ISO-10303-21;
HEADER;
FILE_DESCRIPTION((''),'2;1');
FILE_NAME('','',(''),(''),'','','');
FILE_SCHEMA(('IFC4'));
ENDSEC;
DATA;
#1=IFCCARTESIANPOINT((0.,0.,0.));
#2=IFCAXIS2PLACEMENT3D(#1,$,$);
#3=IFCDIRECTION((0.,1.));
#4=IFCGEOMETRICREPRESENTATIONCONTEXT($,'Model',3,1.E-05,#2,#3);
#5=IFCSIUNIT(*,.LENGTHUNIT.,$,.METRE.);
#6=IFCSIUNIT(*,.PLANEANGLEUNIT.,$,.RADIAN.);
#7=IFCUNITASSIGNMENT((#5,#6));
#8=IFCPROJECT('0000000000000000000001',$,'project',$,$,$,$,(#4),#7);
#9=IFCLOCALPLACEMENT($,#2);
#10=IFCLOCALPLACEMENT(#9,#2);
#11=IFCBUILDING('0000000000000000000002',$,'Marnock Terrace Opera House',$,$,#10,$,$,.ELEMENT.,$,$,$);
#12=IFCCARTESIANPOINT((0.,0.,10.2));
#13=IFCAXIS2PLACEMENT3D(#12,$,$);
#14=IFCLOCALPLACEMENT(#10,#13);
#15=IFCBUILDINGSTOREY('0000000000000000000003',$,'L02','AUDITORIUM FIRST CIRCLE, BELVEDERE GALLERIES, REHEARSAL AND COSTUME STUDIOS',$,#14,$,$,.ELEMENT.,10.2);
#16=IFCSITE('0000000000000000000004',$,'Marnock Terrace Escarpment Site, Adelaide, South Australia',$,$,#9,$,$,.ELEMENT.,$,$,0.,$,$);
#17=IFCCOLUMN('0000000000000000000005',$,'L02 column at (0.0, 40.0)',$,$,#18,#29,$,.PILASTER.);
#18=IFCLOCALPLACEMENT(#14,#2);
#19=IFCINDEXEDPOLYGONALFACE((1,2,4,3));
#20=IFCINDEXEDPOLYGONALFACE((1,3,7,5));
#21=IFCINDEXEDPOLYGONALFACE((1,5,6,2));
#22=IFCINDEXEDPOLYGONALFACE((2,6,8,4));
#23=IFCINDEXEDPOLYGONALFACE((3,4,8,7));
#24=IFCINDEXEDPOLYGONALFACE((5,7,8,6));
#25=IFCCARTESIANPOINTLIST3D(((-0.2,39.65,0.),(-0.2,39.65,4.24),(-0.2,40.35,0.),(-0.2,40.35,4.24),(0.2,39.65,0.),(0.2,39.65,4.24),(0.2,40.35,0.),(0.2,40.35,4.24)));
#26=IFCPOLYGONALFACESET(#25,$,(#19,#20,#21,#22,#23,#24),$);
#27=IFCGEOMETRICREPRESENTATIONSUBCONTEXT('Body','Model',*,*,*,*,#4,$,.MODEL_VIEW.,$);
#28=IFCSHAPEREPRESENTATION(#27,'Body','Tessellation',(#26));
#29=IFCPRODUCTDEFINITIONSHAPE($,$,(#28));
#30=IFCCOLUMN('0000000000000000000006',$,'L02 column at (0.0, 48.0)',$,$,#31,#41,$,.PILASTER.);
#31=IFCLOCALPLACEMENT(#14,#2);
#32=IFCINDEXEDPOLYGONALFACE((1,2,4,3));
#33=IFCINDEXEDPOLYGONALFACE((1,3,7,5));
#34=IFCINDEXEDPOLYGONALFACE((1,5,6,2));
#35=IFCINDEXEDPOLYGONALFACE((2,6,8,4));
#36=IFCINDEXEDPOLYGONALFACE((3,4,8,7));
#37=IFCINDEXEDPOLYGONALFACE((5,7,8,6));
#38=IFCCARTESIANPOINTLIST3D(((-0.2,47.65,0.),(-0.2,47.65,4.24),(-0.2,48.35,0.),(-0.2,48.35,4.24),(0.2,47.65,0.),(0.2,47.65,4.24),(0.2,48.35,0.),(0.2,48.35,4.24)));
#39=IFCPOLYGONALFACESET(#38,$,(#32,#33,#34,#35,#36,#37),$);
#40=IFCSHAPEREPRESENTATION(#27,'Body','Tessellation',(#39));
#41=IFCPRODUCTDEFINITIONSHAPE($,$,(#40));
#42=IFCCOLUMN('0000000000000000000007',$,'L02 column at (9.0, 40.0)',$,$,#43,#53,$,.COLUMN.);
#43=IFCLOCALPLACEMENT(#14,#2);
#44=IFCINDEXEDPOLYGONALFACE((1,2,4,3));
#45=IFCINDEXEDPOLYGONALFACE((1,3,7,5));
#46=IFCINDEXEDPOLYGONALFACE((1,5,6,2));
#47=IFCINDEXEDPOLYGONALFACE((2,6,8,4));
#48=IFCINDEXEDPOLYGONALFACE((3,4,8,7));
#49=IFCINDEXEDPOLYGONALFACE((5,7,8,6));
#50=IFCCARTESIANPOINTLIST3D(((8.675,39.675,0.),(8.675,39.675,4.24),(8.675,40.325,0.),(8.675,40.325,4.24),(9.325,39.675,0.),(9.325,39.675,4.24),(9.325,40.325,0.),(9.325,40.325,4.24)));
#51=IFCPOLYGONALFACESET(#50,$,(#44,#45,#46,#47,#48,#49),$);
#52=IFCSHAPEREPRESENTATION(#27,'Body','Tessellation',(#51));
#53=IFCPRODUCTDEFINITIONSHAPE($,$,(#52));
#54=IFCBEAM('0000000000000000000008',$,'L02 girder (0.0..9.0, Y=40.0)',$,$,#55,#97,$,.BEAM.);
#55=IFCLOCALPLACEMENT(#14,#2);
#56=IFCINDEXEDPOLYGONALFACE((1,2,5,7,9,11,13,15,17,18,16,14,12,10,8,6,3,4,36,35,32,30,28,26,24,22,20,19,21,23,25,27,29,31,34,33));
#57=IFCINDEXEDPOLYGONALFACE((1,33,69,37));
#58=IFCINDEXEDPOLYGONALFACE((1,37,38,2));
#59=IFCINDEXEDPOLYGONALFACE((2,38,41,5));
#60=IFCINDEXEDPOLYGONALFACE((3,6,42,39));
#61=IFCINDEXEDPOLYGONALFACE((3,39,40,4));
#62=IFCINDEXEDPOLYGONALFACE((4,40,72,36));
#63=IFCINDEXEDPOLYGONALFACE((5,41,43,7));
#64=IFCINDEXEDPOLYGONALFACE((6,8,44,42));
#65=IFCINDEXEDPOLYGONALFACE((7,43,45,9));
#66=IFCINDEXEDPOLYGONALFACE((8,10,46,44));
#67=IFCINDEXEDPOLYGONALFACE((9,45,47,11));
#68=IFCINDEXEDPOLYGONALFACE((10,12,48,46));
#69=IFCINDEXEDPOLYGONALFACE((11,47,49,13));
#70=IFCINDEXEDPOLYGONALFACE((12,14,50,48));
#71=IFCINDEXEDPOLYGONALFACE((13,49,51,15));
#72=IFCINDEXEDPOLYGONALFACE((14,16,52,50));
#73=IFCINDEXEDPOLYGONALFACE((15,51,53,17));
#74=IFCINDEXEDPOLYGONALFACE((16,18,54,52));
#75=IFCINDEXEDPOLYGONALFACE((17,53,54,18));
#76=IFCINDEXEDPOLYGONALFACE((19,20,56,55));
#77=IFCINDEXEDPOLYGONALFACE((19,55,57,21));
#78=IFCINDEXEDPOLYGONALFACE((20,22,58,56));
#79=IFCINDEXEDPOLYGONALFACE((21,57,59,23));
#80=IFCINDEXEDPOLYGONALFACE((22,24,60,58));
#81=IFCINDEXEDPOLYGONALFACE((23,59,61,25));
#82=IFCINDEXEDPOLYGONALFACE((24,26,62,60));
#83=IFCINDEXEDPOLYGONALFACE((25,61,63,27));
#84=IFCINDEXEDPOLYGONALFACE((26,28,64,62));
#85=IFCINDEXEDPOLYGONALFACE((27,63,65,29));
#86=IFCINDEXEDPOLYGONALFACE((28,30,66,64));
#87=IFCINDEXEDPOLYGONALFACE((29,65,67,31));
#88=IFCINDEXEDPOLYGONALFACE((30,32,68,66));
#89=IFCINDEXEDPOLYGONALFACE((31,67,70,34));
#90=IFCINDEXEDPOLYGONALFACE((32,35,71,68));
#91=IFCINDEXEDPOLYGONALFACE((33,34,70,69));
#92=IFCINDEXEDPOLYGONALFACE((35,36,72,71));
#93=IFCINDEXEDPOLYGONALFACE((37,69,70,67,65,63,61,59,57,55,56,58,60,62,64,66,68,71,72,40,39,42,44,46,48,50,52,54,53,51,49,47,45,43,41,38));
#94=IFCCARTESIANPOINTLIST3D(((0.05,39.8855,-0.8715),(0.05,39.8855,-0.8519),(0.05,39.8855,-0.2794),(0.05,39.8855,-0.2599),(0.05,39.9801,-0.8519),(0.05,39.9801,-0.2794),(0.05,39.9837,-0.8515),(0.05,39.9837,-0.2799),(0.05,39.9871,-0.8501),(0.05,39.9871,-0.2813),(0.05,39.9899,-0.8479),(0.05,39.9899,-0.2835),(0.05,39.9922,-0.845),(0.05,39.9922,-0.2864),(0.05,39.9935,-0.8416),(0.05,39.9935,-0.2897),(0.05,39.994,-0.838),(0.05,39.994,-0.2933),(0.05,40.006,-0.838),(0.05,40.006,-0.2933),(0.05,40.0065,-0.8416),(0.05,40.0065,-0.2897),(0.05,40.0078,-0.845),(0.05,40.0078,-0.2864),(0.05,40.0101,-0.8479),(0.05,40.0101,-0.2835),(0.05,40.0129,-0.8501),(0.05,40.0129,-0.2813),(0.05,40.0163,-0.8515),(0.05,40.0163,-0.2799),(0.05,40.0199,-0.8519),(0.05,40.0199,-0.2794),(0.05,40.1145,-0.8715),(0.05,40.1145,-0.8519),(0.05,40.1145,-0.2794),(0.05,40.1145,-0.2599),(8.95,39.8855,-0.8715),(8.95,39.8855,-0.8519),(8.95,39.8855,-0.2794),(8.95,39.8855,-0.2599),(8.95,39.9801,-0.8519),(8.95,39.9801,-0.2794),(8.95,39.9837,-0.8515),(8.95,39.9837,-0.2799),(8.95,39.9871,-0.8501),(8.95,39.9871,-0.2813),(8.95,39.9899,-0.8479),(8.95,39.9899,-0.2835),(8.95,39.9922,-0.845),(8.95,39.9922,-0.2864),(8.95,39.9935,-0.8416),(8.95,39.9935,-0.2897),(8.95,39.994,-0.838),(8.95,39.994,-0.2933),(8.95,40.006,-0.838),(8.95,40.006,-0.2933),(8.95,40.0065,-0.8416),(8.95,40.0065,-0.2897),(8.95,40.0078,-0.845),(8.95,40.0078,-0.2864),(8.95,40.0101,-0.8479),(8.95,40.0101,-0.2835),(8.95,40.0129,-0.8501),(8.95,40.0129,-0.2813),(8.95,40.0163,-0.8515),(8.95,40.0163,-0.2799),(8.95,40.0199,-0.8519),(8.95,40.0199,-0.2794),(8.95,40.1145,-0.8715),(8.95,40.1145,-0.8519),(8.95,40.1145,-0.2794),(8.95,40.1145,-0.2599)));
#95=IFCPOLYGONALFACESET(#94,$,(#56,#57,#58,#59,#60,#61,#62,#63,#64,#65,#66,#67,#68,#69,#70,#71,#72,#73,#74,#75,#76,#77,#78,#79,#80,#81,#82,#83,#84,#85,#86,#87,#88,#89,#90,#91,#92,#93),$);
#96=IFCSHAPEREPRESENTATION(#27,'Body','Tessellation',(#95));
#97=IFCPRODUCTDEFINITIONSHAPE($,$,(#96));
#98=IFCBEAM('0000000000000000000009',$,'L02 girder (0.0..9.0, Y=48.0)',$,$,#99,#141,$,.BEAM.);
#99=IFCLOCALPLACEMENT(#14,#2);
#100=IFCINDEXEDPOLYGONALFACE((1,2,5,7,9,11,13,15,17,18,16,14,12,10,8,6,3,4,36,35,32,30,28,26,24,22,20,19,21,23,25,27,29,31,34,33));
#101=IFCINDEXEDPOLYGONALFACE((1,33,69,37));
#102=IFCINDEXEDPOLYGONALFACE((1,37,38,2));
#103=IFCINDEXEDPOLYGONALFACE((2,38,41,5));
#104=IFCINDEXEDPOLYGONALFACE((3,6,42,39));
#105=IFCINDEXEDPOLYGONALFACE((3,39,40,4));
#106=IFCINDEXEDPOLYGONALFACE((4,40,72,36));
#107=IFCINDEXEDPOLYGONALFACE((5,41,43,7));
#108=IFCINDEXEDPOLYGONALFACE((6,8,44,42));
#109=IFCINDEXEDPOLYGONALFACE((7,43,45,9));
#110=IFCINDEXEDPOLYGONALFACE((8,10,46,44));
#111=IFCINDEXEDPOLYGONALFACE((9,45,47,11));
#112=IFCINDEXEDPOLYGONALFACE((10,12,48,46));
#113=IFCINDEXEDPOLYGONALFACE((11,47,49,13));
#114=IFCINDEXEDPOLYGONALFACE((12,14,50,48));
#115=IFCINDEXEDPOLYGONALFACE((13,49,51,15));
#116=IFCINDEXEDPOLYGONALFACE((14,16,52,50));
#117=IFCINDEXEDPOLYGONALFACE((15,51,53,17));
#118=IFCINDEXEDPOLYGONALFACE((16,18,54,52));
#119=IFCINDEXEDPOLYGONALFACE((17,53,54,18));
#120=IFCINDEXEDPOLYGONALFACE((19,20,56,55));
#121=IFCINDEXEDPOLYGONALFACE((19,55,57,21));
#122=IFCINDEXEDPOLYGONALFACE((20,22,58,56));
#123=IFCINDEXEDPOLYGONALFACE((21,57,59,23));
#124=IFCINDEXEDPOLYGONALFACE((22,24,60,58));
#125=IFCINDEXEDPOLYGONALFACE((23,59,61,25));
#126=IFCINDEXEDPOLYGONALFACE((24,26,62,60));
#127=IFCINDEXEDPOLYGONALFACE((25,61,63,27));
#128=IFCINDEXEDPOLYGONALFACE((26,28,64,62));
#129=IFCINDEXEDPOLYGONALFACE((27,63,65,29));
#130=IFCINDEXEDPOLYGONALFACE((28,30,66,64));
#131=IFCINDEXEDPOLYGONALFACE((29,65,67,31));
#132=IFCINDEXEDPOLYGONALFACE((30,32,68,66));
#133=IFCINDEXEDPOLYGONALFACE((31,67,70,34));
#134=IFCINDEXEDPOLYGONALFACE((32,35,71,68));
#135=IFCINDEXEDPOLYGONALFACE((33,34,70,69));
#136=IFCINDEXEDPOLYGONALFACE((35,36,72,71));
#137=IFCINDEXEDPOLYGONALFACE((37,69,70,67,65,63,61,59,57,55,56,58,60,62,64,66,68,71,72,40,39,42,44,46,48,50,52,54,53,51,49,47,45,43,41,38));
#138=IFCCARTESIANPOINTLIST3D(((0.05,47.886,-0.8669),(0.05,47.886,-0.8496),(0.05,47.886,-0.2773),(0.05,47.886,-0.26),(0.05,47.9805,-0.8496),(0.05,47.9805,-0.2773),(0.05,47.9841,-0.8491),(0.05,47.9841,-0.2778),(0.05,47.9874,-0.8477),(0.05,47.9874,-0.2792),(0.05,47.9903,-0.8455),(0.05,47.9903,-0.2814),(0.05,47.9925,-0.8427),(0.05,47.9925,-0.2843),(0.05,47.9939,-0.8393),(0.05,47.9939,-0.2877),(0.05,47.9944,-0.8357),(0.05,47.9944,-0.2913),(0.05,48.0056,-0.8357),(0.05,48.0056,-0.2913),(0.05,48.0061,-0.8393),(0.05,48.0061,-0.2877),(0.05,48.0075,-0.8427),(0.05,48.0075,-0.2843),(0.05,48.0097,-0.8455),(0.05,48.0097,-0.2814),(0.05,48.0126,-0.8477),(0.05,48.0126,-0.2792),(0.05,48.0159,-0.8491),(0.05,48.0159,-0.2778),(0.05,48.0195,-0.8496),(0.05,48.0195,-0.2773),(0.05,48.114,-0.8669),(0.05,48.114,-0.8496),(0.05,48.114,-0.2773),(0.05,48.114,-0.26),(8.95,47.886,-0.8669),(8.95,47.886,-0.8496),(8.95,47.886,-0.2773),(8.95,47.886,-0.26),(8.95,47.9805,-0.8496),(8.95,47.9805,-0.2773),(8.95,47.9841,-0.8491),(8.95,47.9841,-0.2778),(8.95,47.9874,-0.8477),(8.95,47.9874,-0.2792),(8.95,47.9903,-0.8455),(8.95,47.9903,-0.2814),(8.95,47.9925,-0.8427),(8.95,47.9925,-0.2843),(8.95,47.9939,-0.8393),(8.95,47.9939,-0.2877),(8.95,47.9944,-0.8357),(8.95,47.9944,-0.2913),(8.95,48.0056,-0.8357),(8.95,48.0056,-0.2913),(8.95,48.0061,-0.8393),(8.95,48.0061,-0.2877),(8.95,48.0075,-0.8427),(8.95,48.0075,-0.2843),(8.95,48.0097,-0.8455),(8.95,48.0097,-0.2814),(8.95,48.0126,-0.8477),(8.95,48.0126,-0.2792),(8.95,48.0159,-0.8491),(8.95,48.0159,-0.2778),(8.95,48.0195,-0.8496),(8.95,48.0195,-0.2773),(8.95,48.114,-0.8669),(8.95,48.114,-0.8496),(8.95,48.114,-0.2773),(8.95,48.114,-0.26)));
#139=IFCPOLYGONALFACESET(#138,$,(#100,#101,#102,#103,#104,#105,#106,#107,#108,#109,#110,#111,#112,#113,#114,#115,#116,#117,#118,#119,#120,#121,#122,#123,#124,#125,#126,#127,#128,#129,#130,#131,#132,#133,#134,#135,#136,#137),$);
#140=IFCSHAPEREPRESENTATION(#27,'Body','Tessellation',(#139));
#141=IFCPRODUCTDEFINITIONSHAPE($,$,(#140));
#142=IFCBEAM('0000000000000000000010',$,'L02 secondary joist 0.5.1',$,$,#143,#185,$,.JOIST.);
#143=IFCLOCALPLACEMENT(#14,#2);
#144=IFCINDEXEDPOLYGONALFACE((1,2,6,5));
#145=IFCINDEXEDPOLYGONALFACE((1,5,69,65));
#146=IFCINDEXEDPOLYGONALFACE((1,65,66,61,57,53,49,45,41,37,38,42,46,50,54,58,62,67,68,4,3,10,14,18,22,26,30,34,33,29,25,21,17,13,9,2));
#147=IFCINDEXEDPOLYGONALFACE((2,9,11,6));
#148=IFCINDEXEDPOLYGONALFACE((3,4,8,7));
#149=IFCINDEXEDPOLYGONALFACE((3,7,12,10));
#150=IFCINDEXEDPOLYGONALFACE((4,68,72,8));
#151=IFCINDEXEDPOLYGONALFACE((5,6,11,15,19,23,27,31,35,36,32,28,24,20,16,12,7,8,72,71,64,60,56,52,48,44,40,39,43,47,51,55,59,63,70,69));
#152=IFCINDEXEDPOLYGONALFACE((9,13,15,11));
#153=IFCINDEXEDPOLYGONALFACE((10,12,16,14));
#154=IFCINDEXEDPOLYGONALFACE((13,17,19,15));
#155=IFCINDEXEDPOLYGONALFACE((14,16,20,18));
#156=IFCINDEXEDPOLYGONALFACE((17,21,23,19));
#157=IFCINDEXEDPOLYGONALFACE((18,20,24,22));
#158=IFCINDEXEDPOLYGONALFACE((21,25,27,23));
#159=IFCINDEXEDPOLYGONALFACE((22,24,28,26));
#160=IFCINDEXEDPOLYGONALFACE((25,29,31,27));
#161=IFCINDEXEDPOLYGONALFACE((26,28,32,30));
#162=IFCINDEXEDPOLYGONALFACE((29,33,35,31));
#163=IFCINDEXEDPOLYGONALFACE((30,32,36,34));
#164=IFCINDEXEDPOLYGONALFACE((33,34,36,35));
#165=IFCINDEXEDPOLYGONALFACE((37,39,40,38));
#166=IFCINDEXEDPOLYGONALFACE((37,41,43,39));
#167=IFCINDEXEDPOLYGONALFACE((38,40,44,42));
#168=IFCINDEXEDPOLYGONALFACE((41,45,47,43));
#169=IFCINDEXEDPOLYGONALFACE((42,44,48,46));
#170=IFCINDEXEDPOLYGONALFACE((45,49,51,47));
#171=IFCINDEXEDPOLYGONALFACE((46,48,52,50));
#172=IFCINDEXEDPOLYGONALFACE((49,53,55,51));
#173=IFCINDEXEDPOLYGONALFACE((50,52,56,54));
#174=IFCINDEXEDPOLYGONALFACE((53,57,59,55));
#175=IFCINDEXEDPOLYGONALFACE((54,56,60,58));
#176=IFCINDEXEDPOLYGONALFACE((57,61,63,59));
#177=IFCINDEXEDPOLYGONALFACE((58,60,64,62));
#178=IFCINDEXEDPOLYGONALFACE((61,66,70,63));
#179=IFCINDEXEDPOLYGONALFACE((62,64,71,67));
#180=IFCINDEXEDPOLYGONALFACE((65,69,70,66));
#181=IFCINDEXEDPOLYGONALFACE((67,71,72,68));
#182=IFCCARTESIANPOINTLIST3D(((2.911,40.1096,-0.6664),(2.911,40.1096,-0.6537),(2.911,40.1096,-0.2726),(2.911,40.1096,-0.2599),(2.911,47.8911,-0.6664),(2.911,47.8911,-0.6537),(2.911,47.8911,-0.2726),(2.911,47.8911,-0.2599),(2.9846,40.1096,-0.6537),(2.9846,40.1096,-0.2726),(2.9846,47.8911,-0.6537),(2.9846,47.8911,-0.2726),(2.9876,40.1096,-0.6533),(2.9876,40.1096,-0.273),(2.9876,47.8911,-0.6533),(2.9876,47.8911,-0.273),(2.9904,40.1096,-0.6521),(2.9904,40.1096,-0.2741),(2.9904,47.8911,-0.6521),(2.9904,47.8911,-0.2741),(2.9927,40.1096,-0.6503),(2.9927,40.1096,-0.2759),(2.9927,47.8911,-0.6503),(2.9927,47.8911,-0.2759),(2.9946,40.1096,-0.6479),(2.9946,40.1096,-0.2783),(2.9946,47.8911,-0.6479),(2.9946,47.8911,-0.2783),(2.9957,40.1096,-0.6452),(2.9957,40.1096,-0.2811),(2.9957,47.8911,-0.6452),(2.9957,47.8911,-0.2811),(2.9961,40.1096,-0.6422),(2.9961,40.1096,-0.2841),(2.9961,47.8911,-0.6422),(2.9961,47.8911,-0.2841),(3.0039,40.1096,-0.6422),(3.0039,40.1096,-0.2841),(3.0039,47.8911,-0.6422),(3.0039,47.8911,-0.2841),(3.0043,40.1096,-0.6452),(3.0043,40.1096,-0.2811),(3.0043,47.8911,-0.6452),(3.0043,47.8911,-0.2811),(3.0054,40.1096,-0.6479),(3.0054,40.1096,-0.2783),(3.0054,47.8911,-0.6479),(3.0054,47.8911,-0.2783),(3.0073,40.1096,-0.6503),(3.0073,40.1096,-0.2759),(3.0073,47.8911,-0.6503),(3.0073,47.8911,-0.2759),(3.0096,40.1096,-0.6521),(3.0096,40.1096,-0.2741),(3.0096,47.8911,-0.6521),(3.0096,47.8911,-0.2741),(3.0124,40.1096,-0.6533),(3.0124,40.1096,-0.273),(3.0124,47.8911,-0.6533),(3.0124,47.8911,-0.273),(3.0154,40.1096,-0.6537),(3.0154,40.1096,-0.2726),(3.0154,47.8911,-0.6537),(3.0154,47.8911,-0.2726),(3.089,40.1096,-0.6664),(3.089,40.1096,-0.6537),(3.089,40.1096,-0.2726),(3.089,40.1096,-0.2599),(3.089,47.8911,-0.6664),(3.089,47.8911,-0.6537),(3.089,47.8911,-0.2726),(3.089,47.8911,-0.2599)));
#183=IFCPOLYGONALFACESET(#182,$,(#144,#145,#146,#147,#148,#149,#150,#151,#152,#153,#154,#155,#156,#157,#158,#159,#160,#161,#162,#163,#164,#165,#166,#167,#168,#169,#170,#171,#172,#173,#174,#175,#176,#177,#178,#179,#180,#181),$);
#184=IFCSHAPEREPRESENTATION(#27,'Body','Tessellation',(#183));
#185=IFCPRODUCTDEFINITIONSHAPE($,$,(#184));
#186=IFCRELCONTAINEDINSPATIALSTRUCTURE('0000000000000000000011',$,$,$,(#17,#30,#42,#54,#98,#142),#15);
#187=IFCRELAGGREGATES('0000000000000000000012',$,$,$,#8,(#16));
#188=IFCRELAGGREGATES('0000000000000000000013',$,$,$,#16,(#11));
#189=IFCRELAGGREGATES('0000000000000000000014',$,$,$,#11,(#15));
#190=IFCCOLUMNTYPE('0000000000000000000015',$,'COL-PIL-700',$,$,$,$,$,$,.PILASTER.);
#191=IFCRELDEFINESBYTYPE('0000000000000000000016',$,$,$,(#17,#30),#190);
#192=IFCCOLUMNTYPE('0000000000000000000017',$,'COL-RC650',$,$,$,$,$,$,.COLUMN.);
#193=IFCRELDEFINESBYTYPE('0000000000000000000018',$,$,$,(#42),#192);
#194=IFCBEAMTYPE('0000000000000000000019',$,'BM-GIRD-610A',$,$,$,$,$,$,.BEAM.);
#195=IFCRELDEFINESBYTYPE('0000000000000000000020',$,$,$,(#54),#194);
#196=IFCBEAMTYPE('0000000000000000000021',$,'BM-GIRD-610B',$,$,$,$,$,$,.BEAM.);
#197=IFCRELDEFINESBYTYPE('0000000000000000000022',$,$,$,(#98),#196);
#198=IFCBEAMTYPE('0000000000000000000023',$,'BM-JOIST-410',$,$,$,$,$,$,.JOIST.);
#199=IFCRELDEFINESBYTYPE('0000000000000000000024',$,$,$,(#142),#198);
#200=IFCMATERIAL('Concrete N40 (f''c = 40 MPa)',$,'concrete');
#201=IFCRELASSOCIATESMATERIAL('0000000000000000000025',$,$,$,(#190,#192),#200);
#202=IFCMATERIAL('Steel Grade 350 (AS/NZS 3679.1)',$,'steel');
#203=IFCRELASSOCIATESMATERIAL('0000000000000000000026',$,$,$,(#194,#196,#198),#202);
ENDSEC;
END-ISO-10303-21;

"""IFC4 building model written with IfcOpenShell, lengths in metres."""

from ifc_helpers import new_model, si_unit, direction, frame, origin, origin_2d, place, context, subcontext, project, spatial, rectangle, i_section, extrude, material, material_profile, profile_set, type_object, element, save


model = new_model("IFC4")

# Units and contexts
model_context = context("Model", 3, precision=1e-05, world=origin(), true_north=direction((0.0, 1.0)))
body_context = subcontext(model_context, "Body", "Model", "MODEL_VIEW")
ifc_project = project(units=[si_unit("LENGTHUNIT", "METRE"), si_unit("PLANEANGLEUNIT", "RADIAN")], contexts=[model_context])

# Site, building, storey
site_placement = place(None, origin())
site = spatial("IfcSite", under=ifc_project, at=site_placement, Name="Marnock Terrace Escarpment Site, Adelaide, South Australia", CompositionType="ELEMENT", RefElevation=0.0)
building_placement = place(site_placement, origin())
building = spatial("IfcBuilding", under=site, at=building_placement, Name="Marnock Terrace Opera House", CompositionType="ELEMENT")
storey_placement = place(building_placement, frame((0.0, 0.0, 10.2)))
storey = spatial("IfcBuildingStorey", under=building, at=storey_placement, Name="L02", Description="AUDITORIUM FIRST CIRCLE, BELVEDERE GALLERIES, REHEARSAL AND COSTUME STUDIOS", CompositionType="ELEMENT", Elevation=10.2)

# Columns
ifc_material_1 = material(Name="Concrete N40 (f'c = 40 MPa)", Category="concrete")
ifc_material_profile_1 = material_profile(ifc_material_1, rectangle(XDim=0.3999, YDim=0.7, at=origin_2d()))
ifc_profile_set_1 = profile_set([ifc_material_profile_1], Name="Concrete N40 (f'c = 40 MPa)")
column_type_1 = type_object("IfcColumnType", Name="COL-PIL-700", PredefinedType="PILASTER", material=ifc_profile_set_1)
for number, where, z_axis, x_axis, name in (
    (1, (0.0, 40.0, 0.0), (0.0, 0.0, 1.0), (1.0, 0.0, 0.0), "L02 column at (0.0, 40.0)"),
    (2, (0.0, 48.0, 0.0), (0.0, 0.0, 1.0), (1.0, 0.0, 0.0), "L02 column at (0.0, 48.0)"),
):
    element("IfcColumn", number, at=place(storey_placement, frame(where, z_axis=z_axis, x_axis=x_axis)), inside=storey, type_object=column_type_1, Name=name, PredefinedType="PILASTER", context=body_context, shape_type="SweptSolid", body=[
        extrude(rectangle(XDim=0.3999, YDim=0.7, at=origin_2d()), origin(), (0.0, 0.0, 1.0), 4.24),
    ])
ifc_material_profile_2 = material_profile(ifc_material_1, rectangle(XDim=0.6499, YDim=0.6499, at=origin_2d()))
ifc_profile_set_2 = profile_set([ifc_material_profile_2], Name="Concrete N40 (f'c = 40 MPa)")
column_type_2 = type_object("IfcColumnType", Name="COL-RC650", PredefinedType="COLUMN", material=ifc_profile_set_2)
column_placement = place(storey_placement, frame((9.0, 40.0, 0.0), z_axis=(0.0, 0.0, 1.0), x_axis=(1.0, 0.0, 0.0)))
element("IfcColumn", 3, at=column_placement, inside=storey, type_object=column_type_2, Name="L02 column at (9.0, 40.0)", PredefinedType="COLUMN", context=body_context, shape_type="SweptSolid", body=[
    extrude(rectangle(XDim=0.6499, YDim=0.6499, at=origin_2d()), origin(), (0.0, 0.0, 1.0), 4.24),
])

# Beams
ifc_material_2 = material(Name="Steel Grade 350 (AS/NZS 3679.1)", Category="steel")
ifc_material_profile_3 = material_profile(ifc_material_2, i_section(OverallWidth=0.229, OverallDepth=0.6116, WebThickness=0.012, FlangeThickness=0.0195, FilletRadius=0.0139, at=origin_2d()))
ifc_profile_set_3 = profile_set([ifc_material_profile_3], Name="Steel Grade 350 (AS/NZS 3679.1)")
beam_type_1 = type_object("IfcBeamType", Name="BM-GIRD-610A", PredefinedType="BEAM", material=ifc_profile_set_3)
beam_1_placement = place(storey_placement, frame((0.05, 40.0, -0.5657), z_axis=(1.0, 0.0, 0.0), x_axis=(0.0, 1.0, 0.0)))
element("IfcBeam", 4, at=beam_1_placement, inside=storey, type_object=beam_type_1, Name="L02 girder (0.0..9.0, Y=40.0)", PredefinedType="BEAM", context=body_context, shape_type="SweptSolid", body=[
    extrude(i_section(OverallWidth=0.229, OverallDepth=0.6116, WebThickness=0.012, FlangeThickness=0.0195, FilletRadius=0.0139, at=origin_2d()), origin(), (0.0, 0.0, 1.0), 8.8999),
])
ifc_material_profile_4 = material_profile(ifc_material_2, i_section(OverallWidth=0.228, OverallDepth=0.6069, WebThickness=0.0112, FlangeThickness=0.0173, FilletRadius=0.0139, at=origin_2d()))
ifc_profile_set_4 = profile_set([ifc_material_profile_4], Name="Steel Grade 350 (AS/NZS 3679.1)")
beam_type_2 = type_object("IfcBeamType", Name="BM-GIRD-610B", PredefinedType="BEAM", material=ifc_profile_set_4)
beam_2_placement = place(storey_placement, frame((0.05, 48.0, -0.5635), z_axis=(1.0, 0.0, 0.0), x_axis=(0.0, 1.0, 0.0)))
element("IfcBeam", 5, at=beam_2_placement, inside=storey, type_object=beam_type_2, Name="L02 girder (0.0..9.0, Y=48.0)", PredefinedType="BEAM", context=body_context, shape_type="SweptSolid", body=[
    extrude(i_section(OverallWidth=0.228, OverallDepth=0.6069, WebThickness=0.0112, FlangeThickness=0.0173, FilletRadius=0.0139, at=origin_2d()), origin(), (0.0, 0.0, 1.0), 8.8999),
])
ifc_material_profile_5 = material_profile(ifc_material_2, i_section(OverallWidth=0.178, OverallDepth=0.4065, WebThickness=0.0078, FlangeThickness=0.0127, FilletRadius=0.0115, at=origin_2d()))
ifc_profile_set_5 = profile_set([ifc_material_profile_5], Name="Steel Grade 350 (AS/NZS 3679.1)")
beam_type_3 = type_object("IfcBeamType", Name="BM-JOIST-410", PredefinedType="JOIST", material=ifc_profile_set_5)
for number, where, z_axis, x_axis, name in (
    (6, (3.0, 40.1096, -0.4631), (0.0, 1.0, 0.0), (-1.0, 0.0, 0.0), "L02 secondary joist 0.5.1"),
):
    element("IfcBeam", number, at=place(storey_placement, frame(where, z_axis=z_axis, x_axis=x_axis)), inside=storey, type_object=beam_type_3, Name=name, PredefinedType="JOIST", context=body_context, shape_type="SweptSolid", body=[
        extrude(i_section(OverallWidth=0.178, OverallDepth=0.4065, WebThickness=0.0078, FlangeThickness=0.0127, FilletRadius=0.0115, at=origin_2d()), origin(), (0.0, 0.0, 1.0), 7.7815),
    ])

save(model, "model.ifc")
